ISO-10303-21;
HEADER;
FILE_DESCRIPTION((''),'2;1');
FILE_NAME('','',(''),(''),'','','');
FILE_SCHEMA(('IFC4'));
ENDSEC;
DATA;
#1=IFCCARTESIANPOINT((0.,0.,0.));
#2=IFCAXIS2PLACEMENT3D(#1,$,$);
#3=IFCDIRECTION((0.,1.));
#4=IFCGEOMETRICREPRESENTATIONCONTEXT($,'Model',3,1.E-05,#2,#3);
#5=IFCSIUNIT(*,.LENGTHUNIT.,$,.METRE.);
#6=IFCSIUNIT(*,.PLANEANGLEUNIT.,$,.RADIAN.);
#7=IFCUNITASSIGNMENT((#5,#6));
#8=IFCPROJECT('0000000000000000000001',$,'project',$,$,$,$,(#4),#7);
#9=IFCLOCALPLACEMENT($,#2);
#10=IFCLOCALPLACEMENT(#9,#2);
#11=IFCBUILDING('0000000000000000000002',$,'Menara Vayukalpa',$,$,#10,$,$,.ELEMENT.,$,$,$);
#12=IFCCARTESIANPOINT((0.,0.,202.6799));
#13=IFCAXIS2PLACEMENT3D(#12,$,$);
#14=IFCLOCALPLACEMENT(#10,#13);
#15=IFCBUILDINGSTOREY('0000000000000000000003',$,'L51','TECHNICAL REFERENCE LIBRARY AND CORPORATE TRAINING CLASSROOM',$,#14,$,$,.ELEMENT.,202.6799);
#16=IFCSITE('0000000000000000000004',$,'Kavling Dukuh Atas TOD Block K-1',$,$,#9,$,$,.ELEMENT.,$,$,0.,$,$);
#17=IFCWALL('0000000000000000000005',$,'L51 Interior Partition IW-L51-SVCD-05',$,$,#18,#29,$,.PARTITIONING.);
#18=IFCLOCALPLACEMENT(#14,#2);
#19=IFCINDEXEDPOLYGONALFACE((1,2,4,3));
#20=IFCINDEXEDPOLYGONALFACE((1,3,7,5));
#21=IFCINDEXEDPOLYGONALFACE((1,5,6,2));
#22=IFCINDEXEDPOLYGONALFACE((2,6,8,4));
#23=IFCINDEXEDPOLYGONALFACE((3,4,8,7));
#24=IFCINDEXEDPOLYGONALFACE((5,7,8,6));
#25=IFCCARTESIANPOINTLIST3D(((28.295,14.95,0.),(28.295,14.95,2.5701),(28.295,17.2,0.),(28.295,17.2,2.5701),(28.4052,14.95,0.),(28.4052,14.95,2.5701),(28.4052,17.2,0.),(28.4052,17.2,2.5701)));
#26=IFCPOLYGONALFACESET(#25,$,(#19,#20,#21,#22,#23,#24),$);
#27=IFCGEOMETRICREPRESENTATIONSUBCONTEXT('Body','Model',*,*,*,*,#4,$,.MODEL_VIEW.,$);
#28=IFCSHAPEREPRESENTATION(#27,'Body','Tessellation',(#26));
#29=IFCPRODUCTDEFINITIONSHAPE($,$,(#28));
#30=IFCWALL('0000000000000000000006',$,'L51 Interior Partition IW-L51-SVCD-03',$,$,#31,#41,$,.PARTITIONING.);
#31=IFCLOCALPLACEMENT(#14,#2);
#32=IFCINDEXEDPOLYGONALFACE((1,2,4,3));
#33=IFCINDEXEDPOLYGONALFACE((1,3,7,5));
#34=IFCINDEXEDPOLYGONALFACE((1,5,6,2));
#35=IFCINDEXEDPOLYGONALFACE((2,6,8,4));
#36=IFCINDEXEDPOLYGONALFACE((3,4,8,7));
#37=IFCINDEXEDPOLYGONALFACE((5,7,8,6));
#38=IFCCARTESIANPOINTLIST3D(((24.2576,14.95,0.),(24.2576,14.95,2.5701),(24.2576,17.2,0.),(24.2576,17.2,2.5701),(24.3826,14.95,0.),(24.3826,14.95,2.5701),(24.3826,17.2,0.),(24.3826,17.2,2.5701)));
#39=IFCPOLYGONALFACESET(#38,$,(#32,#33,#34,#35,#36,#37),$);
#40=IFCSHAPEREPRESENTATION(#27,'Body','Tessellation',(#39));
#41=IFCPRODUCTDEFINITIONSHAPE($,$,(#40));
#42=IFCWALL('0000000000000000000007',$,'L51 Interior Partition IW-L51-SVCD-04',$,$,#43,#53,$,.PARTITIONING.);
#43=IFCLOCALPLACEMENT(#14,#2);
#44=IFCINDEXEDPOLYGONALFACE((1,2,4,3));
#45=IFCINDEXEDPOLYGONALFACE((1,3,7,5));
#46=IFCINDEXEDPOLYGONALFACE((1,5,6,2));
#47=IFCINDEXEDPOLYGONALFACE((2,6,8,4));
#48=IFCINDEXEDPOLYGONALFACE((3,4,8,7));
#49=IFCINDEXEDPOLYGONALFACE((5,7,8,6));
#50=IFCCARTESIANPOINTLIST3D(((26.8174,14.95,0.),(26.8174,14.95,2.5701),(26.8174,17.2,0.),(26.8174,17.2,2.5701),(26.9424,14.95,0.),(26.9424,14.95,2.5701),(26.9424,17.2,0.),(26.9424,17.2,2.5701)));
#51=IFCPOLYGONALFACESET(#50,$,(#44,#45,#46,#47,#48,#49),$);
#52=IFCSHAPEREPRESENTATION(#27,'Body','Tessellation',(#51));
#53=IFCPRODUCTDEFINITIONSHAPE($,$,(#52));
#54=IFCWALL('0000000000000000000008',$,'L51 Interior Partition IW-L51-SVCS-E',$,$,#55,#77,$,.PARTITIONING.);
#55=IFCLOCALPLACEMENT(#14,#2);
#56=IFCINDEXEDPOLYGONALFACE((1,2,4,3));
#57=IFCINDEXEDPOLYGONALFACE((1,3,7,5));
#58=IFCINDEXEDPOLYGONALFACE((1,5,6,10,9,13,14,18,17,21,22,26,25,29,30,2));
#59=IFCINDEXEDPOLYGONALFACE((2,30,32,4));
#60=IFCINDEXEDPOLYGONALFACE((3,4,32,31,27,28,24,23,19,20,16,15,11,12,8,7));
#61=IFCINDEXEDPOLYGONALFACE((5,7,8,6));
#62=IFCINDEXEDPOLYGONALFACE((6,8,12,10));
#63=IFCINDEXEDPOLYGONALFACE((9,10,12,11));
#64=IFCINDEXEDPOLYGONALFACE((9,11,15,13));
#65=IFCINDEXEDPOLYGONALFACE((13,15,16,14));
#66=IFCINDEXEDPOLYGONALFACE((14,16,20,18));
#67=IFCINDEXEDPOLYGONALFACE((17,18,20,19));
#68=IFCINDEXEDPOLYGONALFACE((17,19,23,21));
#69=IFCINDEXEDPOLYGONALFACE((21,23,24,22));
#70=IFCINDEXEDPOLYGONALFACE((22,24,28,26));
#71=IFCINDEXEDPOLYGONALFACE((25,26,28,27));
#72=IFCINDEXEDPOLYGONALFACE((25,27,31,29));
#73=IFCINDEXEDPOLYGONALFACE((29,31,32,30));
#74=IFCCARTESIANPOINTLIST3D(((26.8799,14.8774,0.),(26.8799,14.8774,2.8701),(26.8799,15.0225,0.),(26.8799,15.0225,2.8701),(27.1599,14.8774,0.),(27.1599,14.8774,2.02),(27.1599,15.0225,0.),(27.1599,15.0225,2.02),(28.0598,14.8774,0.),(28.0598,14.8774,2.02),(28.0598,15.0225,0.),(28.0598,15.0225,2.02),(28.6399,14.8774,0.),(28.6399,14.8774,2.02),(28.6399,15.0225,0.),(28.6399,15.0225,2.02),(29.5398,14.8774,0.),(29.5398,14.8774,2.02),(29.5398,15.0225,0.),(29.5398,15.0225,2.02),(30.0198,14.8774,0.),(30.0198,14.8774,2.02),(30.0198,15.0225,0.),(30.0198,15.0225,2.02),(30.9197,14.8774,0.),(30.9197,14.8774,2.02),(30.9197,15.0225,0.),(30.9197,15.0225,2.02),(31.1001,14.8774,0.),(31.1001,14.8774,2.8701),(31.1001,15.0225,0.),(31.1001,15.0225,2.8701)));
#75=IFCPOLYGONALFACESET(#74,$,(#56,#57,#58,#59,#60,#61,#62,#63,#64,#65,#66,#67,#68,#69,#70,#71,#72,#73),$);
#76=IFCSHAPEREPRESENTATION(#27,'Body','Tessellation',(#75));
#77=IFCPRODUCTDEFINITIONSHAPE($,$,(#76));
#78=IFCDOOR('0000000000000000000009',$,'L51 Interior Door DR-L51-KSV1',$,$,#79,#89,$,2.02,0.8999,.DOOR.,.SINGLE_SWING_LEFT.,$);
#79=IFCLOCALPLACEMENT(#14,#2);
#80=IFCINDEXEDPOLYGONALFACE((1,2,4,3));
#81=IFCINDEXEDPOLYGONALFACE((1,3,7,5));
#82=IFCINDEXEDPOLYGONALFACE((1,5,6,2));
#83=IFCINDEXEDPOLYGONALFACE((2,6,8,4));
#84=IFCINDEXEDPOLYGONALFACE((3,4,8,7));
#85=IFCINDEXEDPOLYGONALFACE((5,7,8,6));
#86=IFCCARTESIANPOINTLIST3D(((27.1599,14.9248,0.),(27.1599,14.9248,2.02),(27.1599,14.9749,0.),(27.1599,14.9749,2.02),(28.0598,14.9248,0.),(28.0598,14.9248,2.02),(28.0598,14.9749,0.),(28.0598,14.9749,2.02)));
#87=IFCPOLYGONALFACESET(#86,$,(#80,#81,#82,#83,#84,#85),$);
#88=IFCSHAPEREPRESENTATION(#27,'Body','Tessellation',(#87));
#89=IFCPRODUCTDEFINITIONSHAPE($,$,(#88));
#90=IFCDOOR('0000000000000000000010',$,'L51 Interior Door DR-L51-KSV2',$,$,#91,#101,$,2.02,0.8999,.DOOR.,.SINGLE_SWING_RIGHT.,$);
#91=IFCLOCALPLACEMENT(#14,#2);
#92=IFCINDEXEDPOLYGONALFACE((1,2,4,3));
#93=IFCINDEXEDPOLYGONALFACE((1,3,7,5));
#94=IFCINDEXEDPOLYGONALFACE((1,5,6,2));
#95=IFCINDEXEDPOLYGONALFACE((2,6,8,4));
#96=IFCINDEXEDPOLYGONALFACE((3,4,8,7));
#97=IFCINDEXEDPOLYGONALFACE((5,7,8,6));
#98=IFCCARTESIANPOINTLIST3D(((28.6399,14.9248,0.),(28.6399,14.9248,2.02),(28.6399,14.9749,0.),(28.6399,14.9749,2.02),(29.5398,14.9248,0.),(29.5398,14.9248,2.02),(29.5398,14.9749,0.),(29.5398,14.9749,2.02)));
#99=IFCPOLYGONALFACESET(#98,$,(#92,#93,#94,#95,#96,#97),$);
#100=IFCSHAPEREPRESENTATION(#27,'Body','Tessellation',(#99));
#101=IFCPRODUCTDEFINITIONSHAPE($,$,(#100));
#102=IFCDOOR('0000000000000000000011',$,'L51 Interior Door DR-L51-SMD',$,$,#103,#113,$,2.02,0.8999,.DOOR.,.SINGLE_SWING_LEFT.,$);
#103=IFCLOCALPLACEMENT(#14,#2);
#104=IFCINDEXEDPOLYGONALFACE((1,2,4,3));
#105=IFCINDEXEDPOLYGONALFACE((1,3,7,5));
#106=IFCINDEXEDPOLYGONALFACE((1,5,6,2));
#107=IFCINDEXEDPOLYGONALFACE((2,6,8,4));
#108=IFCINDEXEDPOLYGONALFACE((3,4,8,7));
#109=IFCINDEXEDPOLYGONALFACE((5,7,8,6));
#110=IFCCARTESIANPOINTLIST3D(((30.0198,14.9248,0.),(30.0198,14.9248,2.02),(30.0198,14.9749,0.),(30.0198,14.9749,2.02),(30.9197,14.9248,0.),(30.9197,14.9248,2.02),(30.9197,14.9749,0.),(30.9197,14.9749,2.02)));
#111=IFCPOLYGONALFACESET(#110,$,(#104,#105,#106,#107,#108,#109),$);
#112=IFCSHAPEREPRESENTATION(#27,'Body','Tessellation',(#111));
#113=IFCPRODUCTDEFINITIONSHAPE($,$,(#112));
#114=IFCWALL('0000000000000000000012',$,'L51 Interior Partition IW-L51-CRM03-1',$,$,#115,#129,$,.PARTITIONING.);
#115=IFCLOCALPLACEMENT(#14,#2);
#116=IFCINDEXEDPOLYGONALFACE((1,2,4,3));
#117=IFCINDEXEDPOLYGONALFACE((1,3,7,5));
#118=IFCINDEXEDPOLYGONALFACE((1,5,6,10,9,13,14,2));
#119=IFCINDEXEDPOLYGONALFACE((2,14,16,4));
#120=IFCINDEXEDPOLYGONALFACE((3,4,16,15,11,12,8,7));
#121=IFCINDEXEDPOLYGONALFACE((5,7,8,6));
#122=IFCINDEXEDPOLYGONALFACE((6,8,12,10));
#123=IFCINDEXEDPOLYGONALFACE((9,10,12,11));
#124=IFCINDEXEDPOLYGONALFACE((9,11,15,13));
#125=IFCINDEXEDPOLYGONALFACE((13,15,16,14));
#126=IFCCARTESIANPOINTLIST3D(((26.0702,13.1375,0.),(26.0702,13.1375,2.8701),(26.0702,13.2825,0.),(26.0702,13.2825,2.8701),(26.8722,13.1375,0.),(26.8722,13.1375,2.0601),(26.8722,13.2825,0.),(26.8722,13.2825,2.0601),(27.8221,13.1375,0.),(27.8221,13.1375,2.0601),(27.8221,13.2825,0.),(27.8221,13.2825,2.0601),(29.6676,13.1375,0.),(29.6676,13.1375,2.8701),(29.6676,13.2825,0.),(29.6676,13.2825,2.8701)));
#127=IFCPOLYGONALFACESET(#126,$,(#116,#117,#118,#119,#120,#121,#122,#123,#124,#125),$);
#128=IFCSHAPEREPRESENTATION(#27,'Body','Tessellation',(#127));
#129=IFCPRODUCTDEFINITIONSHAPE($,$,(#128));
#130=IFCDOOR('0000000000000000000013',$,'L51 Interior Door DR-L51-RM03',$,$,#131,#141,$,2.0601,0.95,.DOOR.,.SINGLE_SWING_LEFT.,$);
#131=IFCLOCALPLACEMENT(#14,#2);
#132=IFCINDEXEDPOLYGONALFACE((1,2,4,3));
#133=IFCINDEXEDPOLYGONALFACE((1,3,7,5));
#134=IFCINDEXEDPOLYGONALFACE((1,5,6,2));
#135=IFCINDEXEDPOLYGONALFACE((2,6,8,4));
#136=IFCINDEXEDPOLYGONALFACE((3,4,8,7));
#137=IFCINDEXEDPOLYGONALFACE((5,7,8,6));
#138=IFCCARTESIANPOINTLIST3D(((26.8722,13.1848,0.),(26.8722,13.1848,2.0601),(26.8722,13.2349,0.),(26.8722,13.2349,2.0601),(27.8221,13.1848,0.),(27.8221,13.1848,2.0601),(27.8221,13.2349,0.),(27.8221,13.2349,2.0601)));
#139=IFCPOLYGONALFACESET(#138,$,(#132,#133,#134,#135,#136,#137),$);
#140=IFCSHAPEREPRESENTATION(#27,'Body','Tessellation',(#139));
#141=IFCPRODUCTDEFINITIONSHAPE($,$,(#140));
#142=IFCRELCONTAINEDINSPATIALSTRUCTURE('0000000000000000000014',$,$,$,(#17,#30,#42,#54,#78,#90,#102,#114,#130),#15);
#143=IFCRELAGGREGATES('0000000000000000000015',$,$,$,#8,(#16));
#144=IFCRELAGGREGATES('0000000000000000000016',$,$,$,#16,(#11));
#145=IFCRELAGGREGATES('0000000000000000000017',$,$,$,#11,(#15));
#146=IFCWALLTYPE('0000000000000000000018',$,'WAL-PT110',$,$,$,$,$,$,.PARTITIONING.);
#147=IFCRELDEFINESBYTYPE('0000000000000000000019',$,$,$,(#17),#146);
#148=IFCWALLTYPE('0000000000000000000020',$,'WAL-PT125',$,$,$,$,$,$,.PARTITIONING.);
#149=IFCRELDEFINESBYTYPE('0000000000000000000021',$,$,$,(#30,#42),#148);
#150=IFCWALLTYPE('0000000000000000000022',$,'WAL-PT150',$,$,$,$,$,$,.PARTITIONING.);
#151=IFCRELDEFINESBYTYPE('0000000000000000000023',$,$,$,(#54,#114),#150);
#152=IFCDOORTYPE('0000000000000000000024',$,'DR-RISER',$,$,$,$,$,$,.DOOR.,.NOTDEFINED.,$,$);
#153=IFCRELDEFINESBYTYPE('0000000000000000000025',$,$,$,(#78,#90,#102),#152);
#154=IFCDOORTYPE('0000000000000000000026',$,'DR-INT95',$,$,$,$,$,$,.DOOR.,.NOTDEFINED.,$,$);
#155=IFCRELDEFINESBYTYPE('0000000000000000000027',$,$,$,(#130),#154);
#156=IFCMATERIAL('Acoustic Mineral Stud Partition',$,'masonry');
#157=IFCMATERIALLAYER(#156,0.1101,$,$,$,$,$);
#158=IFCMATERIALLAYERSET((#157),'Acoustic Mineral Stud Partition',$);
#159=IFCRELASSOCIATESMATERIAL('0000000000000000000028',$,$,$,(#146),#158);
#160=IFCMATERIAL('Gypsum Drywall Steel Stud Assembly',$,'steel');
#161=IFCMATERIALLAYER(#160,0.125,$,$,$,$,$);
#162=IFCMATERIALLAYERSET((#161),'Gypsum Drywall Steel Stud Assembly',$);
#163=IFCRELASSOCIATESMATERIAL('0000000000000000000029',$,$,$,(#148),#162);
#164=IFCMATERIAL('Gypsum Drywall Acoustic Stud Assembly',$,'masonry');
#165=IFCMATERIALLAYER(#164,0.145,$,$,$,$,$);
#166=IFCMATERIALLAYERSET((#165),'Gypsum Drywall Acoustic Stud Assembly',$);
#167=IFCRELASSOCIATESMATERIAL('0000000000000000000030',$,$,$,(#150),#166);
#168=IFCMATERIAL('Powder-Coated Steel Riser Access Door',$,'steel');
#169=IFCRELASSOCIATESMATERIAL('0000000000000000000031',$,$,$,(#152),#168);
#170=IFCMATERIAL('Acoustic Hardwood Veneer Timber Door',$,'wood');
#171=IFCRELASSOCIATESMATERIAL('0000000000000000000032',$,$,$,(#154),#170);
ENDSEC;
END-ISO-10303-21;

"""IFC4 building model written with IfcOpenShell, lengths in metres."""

from ifc_helpers import new_model, si_unit, direction, frame, frame_2d, origin, place, context, subcontext, project, spatial, rectangle, extrude, material, layer, layer_set, type_object, element, fill, save


model = new_model("IFC4")

# Units and contexts
model_context = context("Model", 3, precision=1e-05, world=origin(), true_north=direction((0.0, 1.0)))
body_context = subcontext(model_context, "Body", "Model", "MODEL_VIEW")
ifc_project = project(units=[si_unit("LENGTHUNIT", "METRE"), si_unit("PLANEANGLEUNIT", "RADIAN")], contexts=[model_context])

# Site, building, storey
site_placement = place(None, origin())
site = spatial("IfcSite", under=ifc_project, at=site_placement, Name="Kavling Dukuh Atas TOD Block K-1", CompositionType="ELEMENT", RefElevation=0.0)
building_placement = place(site_placement, origin())
building = spatial("IfcBuilding", under=site, at=building_placement, Name="Menara Vayukalpa", CompositionType="ELEMENT")
storey_placement = place(building_placement, frame((0.0, 0.0, 202.6799)))
storey = spatial("IfcBuildingStorey", under=building, at=storey_placement, Name="L51", Description="TECHNICAL REFERENCE LIBRARY AND CORPORATE TRAINING CLASSROOM", CompositionType="ELEMENT", Elevation=202.6799)

# Walls
ifc_material_1 = material(Name="Acoustic Mineral Stud Partition", Category="masonry")
ifc_layer_1 = layer(ifc_material_1, 0.1101)
ifc_layer_set_1 = layer_set([ifc_layer_1], Name="Acoustic Mineral Stud Partition")
wall_type_1 = type_object("IfcWallType", Name="WAL-PT110", PredefinedType="PARTITIONING", material=ifc_layer_set_1)
wall_1_placement = place(storey_placement, frame((28.3501, 14.95, 0.0), z_axis=(0.0, 0.0, 1.0), x_axis=(0.0, 1.0, 0.0)))
element("IfcWall", 1, at=wall_1_placement, inside=storey, type_object=wall_type_1, Name="L51 Interior Partition IW-L51-SVCD-05", PredefinedType="PARTITIONING", context=body_context, shape_type="SweptSolid", body=[
    extrude(rectangle(XDim=2.25, YDim=0.1101, at=frame_2d((1.125, 0.0))), origin(), (0.0, 0.0, 1.0), 2.5701),
])
ifc_material_2 = material(Name="Gypsum Drywall Steel Stud Assembly", Category="steel")
ifc_layer_2 = layer(ifc_material_2, 0.125)
ifc_layer_set_2 = layer_set([ifc_layer_2], Name="Gypsum Drywall Steel Stud Assembly")
wall_type_2 = type_object("IfcWallType", Name="WAL-PT125", PredefinedType="PARTITIONING", material=ifc_layer_set_2)
for number, where, z_axis, x_axis, name in (
    (2, (24.3201, 14.95, 0.0), (0.0, 0.0, 1.0), (0.0, 1.0, 0.0), "L51 Interior Partition IW-L51-SVCD-03"),
    (3, (26.8799, 14.95, 0.0), (0.0, 0.0, 1.0), (0.0, 1.0, 0.0), "L51 Interior Partition IW-L51-SVCD-04"),
):
    element("IfcWall", number, at=place(storey_placement, frame(where, z_axis=z_axis, x_axis=x_axis)), inside=storey, type_object=wall_type_2, Name=name, PredefinedType="PARTITIONING", context=body_context, shape_type="SweptSolid", body=[
        extrude(rectangle(XDim=2.25, YDim=0.125, at=frame_2d((1.125, 0.0))), origin(), (0.0, 0.0, 1.0), 2.5701),
    ])

# Wall, openings, doors
ifc_material_3 = material(Name="Gypsum Drywall Acoustic Stud Assembly", Category="masonry")
ifc_layer_3 = layer(ifc_material_3, 0.145)
ifc_layer_set_3 = layer_set([ifc_layer_3], Name="Gypsum Drywall Acoustic Stud Assembly")
wall_type_3 = type_object("IfcWallType", Name="WAL-PT150", PredefinedType="PARTITIONING", material=ifc_layer_set_3)
wall_2_placement = place(storey_placement, frame((26.8799, 14.95, 0.0), z_axis=(0.0, 0.0, 1.0), x_axis=(1.0, 0.0, 0.0)))
wall_2 = element("IfcWall", 4, at=wall_2_placement, inside=storey, type_object=wall_type_3, Name="L51 Interior Partition IW-L51-SVCS-E", PredefinedType="PARTITIONING", context=body_context, shape_type="SweptSolid", body=[
    extrude(rectangle(XDim=4.2202, YDim=0.145, at=frame_2d((2.1101, 0.0))), origin(), (0.0, 0.0, 1.0), 2.8701),
])
opening_1_placement = place(wall_2_placement, frame((0.28, 0.0, 0.0)))
opening_1 = element("IfcOpeningElement", 5, at=opening_1_placement, cuts=wall_2, PredefinedType="OPENING", context=body_context, shape_type="SweptSolid", body=[
    extrude(rectangle(XDim=0.8999, YDim=2.02, at=frame_2d((0.45, 1.01))), frame((0.0, 0.0825, 0.0), z_axis=(0.0, -1.0, 0.0), x_axis=(1.0, 0.0, 0.0)), (0.0, 0.0, 1.0), 0.165),
])
opening_2_placement = place(wall_2_placement, frame((1.76, 0.0, 0.0)))
opening_2 = element("IfcOpeningElement", 6, at=opening_2_placement, cuts=wall_2, PredefinedType="OPENING", context=body_context, shape_type="SweptSolid", body=[
    extrude(rectangle(XDim=0.8999, YDim=2.02, at=frame_2d((0.45, 1.01))), frame((0.0, 0.0825, 0.0), z_axis=(0.0, -1.0, 0.0), x_axis=(1.0, 0.0, 0.0)), (0.0, 0.0, 1.0), 0.165),
])
opening_3_placement = place(wall_2_placement, frame((3.1399, 0.0, 0.0)))
opening_3 = element("IfcOpeningElement", 7, at=opening_3_placement, cuts=wall_2, PredefinedType="OPENING", context=body_context, shape_type="SweptSolid", body=[
    extrude(rectangle(XDim=0.8999, YDim=2.02, at=frame_2d((0.45, 1.01))), frame((0.0, 0.0825, 0.0), z_axis=(0.0, -1.0, 0.0), x_axis=(1.0, 0.0, 0.0)), (0.0, 0.0, 1.0), 0.165),
])
ifc_material_4 = material(Name="Powder-Coated Steel Riser Access Door", Category="steel")
door_type_1 = type_object("IfcDoorType", Name="DR-RISER", OperationType="NOTDEFINED", PredefinedType="DOOR", material=ifc_material_4)
door_1_placement = place(opening_1_placement, origin())
door_1 = element("IfcDoor", 8, at=door_1_placement, inside=storey, type_object=door_type_1, Name="L51 Interior Door DR-L51-KSV1", OperationType="SINGLE_SWING_LEFT", OverallHeight=2.02, OverallWidth=0.8999, PredefinedType="DOOR", context=body_context, shape_type="SweptSolid", body=[
    extrude(rectangle(XDim=0.8999, YDim=2.02, at=frame_2d((0.45, 1.01))), frame((0.0, 0.0249, 0.0), z_axis=(0.0, -1.0, 0.0), x_axis=(1.0, 0.0, 0.0)), (0.0, 0.0, 1.0), 0.05),
])
fill(opening_1, door_1)
door_2_placement = place(opening_2_placement, origin())
door_2 = element("IfcDoor", 9, at=door_2_placement, inside=storey, type_object=door_type_1, Name="L51 Interior Door DR-L51-KSV2", OperationType="SINGLE_SWING_RIGHT", OverallHeight=2.02, OverallWidth=0.8999, PredefinedType="DOOR", context=body_context, shape_type="SweptSolid", body=[
    extrude(rectangle(XDim=0.8999, YDim=2.02, at=frame_2d((0.45, 1.01))), frame((0.0, 0.0249, 0.0), z_axis=(0.0, -1.0, 0.0), x_axis=(1.0, 0.0, 0.0)), (0.0, 0.0, 1.0), 0.05),
])
fill(opening_2, door_2)
door_3_placement = place(opening_3_placement, origin())
door_3 = element("IfcDoor", 10, at=door_3_placement, inside=storey, type_object=door_type_1, Name="L51 Interior Door DR-L51-SMD", OperationType="SINGLE_SWING_LEFT", OverallHeight=2.02, OverallWidth=0.8999, PredefinedType="DOOR", context=body_context, shape_type="SweptSolid", body=[
    extrude(rectangle(XDim=0.8999, YDim=2.02, at=frame_2d((0.45, 1.01))), frame((0.0, 0.0249, 0.0), z_axis=(0.0, -1.0, 0.0), x_axis=(1.0, 0.0, 0.0)), (0.0, 0.0, 1.0), 0.05),
])
fill(opening_3, door_3)

# Wall, opening, door
wall_3_placement = place(storey_placement, frame((26.0701, 13.21, 0.0), z_axis=(0.0, 0.0, 1.0), x_axis=(1.0, 0.0, 0.0)))
wall_3 = element("IfcWall", 11, at=wall_3_placement, inside=storey, type_object=wall_type_3, Name="L51 Interior Partition IW-L51-CRM03-1", PredefinedType="PARTITIONING", context=body_context, shape_type="SweptSolid", body=[
    extrude(rectangle(XDim=3.5974, YDim=0.145, at=frame_2d((1.7988, 0.0))), origin(), (0.0, 0.0, 1.0), 2.8701),
])
opening_4_placement = place(wall_3_placement, frame((0.802, 0.0, 0.0)))
opening_4 = element("IfcOpeningElement", 12, at=opening_4_placement, cuts=wall_3, PredefinedType="OPENING", context=body_context, shape_type="SweptSolid", body=[
    extrude(rectangle(XDim=0.95, YDim=2.0601, at=frame_2d((0.4751, 1.03))), frame((0.0, 0.0825, 0.0), z_axis=(0.0, -1.0, 0.0), x_axis=(1.0, 0.0, 0.0)), (0.0, 0.0, 1.0), 0.165),
])
ifc_material_5 = material(Name="Acoustic Hardwood Veneer Timber Door", Category="wood")
door_type_2 = type_object("IfcDoorType", Name="DR-INT95", OperationType="NOTDEFINED", PredefinedType="DOOR", material=ifc_material_5)
door_4_placement = place(opening_4_placement, origin())
door_4 = element("IfcDoor", 13, at=door_4_placement, inside=storey, type_object=door_type_2, Name="L51 Interior Door DR-L51-RM03", OperationType="SINGLE_SWING_LEFT", OverallHeight=2.0601, OverallWidth=0.95, PredefinedType="DOOR", context=body_context, shape_type="SweptSolid", body=[
    extrude(rectangle(XDim=0.95, YDim=2.0601, at=frame_2d((0.4751, 1.03))), frame((0.0, 0.0249, 0.0), z_axis=(0.0, -1.0, 0.0), x_axis=(1.0, 0.0, 0.0)), (0.0, 0.0, 1.0), 0.05),
])
fill(opening_4, door_4)

save(model, "model.ifc")
